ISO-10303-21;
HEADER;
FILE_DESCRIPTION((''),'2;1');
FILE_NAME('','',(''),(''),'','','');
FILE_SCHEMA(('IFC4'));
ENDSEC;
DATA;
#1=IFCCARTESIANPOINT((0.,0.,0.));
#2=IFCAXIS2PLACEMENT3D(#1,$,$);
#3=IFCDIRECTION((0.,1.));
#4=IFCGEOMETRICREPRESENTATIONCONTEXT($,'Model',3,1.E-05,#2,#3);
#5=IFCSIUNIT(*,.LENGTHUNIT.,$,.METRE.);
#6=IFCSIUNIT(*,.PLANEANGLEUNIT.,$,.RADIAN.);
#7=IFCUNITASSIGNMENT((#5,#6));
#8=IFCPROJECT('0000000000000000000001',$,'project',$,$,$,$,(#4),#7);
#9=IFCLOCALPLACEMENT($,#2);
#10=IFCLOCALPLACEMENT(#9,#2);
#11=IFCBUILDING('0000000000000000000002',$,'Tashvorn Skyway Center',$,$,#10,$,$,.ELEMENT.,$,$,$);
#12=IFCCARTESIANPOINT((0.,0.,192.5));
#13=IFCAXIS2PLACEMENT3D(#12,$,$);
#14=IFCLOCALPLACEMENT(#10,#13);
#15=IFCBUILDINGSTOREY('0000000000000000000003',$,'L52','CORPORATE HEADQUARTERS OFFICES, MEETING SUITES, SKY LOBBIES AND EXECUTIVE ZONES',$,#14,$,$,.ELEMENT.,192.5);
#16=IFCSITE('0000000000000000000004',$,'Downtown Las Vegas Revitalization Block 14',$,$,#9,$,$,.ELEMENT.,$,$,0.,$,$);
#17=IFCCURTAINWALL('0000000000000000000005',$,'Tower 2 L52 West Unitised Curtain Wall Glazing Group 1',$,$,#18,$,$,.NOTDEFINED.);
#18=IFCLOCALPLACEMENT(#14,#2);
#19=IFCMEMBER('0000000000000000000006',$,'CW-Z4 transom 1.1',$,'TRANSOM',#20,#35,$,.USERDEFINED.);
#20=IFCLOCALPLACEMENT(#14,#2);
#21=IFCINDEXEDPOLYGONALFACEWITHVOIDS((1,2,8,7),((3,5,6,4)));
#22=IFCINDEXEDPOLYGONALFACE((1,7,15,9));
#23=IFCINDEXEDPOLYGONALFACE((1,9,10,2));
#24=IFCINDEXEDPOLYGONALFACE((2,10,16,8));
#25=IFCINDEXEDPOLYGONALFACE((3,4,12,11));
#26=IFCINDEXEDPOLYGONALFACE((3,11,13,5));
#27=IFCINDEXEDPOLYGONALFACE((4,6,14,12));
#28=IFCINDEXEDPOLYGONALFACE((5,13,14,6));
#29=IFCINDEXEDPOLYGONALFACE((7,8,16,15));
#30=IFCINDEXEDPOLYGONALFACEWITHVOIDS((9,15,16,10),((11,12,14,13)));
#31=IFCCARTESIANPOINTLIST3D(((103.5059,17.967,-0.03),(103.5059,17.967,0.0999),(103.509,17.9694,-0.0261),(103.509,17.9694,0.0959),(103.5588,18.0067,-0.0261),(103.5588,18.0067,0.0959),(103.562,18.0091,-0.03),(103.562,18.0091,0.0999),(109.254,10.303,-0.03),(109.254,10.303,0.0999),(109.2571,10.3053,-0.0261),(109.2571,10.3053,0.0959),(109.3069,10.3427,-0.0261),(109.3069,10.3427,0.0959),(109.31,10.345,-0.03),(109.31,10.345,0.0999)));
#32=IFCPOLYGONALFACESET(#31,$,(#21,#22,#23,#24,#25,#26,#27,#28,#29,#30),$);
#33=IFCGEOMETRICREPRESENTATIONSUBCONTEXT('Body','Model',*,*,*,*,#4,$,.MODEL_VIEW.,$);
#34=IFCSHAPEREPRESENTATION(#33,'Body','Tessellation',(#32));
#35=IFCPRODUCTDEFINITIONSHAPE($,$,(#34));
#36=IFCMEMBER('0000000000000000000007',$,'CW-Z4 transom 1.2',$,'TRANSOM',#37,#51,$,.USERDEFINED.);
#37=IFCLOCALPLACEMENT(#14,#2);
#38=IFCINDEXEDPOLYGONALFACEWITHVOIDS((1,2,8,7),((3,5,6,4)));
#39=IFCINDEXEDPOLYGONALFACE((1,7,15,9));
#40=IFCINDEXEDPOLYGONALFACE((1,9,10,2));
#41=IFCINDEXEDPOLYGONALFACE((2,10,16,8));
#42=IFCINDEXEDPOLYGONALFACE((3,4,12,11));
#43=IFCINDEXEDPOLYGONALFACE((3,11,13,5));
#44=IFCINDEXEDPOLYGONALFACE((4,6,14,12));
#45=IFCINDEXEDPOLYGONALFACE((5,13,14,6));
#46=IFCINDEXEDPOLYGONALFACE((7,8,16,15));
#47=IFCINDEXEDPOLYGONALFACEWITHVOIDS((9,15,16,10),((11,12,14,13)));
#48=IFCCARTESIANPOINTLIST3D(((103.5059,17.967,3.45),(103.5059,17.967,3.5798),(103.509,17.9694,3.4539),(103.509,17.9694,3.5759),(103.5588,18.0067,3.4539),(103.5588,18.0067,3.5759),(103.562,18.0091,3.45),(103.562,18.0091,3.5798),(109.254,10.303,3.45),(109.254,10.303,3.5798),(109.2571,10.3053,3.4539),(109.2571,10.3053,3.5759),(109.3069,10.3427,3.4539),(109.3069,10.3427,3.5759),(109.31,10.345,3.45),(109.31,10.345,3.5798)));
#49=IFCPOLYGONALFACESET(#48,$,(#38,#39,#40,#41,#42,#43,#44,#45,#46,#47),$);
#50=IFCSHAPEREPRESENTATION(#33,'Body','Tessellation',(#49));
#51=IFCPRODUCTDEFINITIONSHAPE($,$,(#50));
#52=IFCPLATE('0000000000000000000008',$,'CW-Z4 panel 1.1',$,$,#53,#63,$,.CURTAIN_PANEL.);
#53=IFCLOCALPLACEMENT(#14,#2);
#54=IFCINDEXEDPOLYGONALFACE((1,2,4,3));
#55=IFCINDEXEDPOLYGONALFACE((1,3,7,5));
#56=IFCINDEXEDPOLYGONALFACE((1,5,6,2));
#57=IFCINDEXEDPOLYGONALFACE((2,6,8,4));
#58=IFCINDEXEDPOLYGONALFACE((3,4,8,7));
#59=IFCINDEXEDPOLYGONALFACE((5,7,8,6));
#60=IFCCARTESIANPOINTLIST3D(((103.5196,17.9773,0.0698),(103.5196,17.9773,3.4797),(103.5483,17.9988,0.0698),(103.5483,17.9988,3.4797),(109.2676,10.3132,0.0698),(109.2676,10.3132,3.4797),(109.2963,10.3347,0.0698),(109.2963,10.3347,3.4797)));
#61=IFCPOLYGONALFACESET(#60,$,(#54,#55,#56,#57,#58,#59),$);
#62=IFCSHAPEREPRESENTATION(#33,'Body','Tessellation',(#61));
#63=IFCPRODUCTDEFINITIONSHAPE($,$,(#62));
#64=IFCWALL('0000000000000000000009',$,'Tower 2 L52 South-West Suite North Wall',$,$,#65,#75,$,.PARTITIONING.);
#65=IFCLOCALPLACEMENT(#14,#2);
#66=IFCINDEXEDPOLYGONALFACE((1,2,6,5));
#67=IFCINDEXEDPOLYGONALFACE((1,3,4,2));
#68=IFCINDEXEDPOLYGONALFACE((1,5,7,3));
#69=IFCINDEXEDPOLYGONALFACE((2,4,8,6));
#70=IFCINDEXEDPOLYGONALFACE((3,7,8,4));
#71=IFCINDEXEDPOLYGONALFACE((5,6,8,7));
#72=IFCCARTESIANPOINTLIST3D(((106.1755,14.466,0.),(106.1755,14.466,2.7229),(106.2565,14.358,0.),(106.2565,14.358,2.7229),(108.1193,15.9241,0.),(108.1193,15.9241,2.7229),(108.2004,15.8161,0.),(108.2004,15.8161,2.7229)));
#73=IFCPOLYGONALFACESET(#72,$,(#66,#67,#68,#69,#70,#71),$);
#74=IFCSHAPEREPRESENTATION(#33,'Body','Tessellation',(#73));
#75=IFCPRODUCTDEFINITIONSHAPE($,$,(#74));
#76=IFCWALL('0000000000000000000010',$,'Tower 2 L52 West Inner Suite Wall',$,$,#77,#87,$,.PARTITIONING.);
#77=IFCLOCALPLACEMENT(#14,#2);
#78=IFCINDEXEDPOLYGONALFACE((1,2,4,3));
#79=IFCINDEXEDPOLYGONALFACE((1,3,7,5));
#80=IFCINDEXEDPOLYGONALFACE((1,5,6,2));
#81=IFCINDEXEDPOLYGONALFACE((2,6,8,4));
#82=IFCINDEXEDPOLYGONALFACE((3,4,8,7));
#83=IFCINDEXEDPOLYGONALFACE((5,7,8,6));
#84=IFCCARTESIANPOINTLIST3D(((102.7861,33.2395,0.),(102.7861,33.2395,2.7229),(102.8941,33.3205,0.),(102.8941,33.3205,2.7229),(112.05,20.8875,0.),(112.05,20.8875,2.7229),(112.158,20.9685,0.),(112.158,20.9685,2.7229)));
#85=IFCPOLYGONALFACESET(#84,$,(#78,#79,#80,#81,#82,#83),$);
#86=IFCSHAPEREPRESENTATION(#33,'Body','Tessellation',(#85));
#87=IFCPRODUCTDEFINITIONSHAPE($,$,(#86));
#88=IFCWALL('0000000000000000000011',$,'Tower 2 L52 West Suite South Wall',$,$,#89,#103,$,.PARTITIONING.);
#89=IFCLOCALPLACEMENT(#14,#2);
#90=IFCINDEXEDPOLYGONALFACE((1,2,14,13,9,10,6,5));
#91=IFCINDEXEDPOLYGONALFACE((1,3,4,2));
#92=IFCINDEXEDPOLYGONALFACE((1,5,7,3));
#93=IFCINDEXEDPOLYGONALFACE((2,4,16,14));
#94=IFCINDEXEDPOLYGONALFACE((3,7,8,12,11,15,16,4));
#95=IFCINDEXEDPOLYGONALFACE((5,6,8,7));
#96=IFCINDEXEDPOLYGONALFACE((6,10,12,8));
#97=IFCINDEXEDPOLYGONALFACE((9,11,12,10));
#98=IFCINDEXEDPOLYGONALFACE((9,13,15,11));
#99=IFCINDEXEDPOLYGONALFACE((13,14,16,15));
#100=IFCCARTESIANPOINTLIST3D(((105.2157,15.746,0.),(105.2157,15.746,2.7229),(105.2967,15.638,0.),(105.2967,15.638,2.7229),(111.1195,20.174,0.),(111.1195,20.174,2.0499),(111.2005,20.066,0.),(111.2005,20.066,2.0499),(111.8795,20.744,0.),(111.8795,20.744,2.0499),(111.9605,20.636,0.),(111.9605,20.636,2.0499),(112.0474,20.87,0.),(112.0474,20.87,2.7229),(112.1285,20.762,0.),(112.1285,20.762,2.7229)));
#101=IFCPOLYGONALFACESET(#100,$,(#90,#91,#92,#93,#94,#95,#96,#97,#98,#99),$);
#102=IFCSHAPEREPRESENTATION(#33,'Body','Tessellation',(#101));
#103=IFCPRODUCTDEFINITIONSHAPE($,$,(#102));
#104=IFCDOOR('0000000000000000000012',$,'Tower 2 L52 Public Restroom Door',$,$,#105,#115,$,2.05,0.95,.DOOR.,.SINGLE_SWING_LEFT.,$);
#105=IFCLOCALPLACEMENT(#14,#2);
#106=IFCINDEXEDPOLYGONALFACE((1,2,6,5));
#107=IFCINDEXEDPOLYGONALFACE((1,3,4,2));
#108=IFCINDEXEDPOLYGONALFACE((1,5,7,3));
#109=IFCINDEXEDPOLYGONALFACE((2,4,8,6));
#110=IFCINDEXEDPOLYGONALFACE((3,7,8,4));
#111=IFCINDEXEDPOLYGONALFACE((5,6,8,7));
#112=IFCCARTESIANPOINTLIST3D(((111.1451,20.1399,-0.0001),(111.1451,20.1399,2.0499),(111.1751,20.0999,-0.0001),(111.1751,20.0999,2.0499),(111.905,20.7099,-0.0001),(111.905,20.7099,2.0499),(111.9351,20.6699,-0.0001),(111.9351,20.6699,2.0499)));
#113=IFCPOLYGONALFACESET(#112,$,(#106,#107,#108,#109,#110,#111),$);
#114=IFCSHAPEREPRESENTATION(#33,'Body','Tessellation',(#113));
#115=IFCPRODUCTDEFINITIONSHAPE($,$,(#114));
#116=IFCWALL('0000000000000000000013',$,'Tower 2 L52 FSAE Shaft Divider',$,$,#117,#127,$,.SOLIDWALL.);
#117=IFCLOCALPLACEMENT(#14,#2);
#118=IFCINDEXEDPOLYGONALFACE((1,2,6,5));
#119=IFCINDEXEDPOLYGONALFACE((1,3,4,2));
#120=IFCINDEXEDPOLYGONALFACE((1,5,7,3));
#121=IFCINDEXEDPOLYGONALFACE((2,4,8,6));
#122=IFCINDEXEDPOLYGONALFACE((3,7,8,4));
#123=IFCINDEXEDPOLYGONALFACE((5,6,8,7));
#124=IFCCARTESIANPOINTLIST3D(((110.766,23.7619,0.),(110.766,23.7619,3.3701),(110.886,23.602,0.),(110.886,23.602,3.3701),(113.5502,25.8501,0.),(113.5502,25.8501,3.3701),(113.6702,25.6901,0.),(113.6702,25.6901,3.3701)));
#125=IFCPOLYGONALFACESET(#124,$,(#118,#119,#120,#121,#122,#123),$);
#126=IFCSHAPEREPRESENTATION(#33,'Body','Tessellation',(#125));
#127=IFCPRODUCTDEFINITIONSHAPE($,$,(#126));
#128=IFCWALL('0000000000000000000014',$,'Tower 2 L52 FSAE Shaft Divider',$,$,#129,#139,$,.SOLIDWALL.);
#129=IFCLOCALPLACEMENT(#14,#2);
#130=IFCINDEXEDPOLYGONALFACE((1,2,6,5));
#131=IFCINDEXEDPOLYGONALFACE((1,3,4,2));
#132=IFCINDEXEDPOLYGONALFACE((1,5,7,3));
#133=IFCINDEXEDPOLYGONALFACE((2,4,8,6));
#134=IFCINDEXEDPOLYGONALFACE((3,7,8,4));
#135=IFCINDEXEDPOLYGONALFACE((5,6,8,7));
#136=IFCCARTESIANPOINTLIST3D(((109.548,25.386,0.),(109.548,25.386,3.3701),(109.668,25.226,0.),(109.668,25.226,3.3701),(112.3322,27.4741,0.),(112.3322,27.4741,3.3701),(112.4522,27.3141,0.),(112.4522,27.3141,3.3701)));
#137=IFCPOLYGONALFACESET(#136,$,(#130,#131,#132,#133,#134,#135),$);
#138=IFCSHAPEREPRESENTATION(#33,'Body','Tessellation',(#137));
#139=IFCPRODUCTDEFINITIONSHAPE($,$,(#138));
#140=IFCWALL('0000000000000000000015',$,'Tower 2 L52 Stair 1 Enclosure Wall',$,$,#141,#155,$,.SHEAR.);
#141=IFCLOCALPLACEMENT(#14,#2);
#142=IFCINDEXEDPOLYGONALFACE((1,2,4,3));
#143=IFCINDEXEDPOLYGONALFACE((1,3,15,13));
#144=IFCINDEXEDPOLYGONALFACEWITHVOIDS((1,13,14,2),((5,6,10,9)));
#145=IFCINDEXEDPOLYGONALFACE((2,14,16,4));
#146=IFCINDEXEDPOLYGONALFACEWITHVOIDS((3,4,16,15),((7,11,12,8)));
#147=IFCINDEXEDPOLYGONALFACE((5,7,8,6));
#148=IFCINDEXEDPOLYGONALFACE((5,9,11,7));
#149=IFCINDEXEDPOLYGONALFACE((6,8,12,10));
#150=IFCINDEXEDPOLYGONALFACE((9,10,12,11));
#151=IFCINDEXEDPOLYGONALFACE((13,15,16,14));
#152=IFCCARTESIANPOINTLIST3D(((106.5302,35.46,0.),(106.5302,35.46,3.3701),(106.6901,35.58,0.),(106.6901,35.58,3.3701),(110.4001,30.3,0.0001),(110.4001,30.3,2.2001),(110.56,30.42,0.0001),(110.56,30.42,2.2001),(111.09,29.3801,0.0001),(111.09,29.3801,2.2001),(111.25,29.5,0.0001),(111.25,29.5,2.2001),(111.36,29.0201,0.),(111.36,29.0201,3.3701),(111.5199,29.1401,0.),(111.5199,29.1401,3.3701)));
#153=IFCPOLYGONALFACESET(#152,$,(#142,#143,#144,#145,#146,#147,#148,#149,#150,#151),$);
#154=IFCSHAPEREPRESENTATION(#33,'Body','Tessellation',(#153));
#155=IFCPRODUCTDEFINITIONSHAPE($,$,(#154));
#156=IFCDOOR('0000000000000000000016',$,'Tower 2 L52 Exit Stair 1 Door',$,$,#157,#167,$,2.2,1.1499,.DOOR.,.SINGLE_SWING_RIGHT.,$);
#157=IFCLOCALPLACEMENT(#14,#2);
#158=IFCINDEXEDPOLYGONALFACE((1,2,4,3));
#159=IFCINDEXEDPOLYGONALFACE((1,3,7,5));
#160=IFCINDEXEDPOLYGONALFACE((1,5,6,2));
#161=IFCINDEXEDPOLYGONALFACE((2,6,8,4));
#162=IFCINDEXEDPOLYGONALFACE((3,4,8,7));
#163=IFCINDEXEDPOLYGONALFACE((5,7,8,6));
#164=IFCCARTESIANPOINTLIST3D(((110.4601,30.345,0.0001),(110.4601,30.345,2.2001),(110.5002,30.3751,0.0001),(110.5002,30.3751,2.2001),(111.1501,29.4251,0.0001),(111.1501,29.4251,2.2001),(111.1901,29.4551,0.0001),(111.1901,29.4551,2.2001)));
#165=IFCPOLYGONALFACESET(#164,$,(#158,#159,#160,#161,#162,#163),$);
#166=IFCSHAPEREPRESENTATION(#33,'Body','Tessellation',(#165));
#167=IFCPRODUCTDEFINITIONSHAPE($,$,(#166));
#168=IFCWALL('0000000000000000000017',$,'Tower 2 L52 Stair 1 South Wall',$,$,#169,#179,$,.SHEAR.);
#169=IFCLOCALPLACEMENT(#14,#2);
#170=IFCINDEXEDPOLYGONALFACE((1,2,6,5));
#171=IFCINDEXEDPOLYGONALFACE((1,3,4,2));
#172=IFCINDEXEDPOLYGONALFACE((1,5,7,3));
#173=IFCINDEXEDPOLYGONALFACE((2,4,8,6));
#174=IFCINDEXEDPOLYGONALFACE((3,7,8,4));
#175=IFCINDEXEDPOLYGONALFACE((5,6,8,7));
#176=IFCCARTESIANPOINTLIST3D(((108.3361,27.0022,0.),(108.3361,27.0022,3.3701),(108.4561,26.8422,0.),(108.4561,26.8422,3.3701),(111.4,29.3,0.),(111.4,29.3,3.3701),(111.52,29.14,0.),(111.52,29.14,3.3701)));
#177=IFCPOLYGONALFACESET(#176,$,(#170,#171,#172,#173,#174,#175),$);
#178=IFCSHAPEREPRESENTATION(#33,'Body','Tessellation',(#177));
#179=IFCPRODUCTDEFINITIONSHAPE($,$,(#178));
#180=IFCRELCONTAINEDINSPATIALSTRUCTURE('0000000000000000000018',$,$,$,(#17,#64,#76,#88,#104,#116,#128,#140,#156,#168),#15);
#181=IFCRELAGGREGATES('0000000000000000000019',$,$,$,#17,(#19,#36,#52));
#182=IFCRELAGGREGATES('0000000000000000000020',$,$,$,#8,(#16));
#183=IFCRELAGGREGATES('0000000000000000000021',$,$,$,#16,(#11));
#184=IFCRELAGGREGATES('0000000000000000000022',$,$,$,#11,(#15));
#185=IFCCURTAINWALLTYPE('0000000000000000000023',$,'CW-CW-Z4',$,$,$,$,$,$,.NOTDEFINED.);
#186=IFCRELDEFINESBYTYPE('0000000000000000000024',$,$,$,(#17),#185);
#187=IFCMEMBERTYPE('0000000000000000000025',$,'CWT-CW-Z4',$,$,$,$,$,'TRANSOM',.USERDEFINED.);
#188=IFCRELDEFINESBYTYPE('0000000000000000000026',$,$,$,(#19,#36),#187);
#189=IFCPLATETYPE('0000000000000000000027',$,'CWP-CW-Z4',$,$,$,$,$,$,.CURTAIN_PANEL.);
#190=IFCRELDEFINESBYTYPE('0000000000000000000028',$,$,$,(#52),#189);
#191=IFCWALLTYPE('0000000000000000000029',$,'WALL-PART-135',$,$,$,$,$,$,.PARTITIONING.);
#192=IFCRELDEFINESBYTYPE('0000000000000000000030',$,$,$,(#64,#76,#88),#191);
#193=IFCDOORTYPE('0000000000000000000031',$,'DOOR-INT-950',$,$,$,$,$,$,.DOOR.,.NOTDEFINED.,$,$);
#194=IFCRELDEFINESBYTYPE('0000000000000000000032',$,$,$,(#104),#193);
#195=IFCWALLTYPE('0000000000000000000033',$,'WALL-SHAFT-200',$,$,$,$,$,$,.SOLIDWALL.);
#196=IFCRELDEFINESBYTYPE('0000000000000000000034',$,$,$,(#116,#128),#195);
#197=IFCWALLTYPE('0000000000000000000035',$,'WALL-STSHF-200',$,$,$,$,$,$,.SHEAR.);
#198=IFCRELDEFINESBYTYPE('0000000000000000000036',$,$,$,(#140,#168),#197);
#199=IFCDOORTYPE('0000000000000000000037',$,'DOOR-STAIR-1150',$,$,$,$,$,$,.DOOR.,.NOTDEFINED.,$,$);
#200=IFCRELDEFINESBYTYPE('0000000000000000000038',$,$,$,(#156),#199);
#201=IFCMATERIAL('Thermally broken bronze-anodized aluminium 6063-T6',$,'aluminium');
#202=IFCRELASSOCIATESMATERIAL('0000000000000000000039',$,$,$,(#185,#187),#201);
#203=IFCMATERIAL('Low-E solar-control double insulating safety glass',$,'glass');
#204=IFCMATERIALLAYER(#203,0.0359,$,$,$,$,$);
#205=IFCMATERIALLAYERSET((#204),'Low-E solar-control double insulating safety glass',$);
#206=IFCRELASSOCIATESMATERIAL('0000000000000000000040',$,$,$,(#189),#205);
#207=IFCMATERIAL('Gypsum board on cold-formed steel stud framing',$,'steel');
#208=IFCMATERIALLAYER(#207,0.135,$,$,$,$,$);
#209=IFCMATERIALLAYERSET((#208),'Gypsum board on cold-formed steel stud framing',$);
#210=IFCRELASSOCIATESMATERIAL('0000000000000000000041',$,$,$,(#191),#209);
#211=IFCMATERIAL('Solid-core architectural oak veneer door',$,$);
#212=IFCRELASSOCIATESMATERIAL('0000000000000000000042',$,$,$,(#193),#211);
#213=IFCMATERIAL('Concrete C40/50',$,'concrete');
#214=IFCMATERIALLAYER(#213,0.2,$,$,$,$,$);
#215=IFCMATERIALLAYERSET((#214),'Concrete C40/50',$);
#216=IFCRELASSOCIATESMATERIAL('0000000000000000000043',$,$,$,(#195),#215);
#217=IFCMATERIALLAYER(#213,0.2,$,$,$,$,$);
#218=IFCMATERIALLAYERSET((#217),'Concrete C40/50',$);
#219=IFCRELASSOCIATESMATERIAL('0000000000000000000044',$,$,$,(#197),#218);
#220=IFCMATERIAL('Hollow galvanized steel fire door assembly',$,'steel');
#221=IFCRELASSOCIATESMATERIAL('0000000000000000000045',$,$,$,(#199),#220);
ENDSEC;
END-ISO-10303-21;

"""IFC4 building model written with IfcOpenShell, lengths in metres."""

from ifc_helpers import new_model, si_unit, direction, frame, frame_2d, origin, origin_2d, place, context, subcontext, project, spatial, rectangle, hollow_rectangle, extrude, material, layer, layer_set, material_profile, profile_set, type_object, element, fill, aggregate, save


model = new_model("IFC4")

# Units and contexts
model_context = context("Model", 3, precision=1e-05, world=origin(), true_north=direction((0.0, 1.0)))
body_context = subcontext(model_context, "Body", "Model", "MODEL_VIEW")
ifc_project = project(units=[si_unit("LENGTHUNIT", "METRE"), si_unit("PLANEANGLEUNIT", "RADIAN")], contexts=[model_context])

# Site, building, storey
site_placement = place(None, origin())
site = spatial("IfcSite", under=ifc_project, at=site_placement, Name="Downtown Las Vegas Revitalization Block 14", CompositionType="ELEMENT", RefElevation=0.0)
building_placement = place(site_placement, origin())
building = spatial("IfcBuilding", under=site, at=building_placement, Name="Tashvorn Skyway Center", CompositionType="ELEMENT")
storey_placement = place(building_placement, frame((0.0, 0.0, 192.5)))
storey = spatial("IfcBuildingStorey", under=building, at=storey_placement, Name="L52", Description="CORPORATE HEADQUARTERS OFFICES, MEETING SUITES, SKY LOBBIES AND EXECUTIVE ZONES", CompositionType="ELEMENT", Elevation=192.5)

# Shared definitions
ifc_material_1 = material(Name="Thermally broken bronze-anodized aluminium 6063-T6", Category="aluminium")
curtain_wall_type = type_object("IfcCurtainWallType", Name="CW-CW-Z4", PredefinedType="NOTDEFINED", material=ifc_material_1)

# Curtain wall, members, plate
curtain_wall_1_placement = place(storey_placement, origin())
curtain_wall_1 = element("IfcCurtainWall", 1, at=curtain_wall_1_placement, inside=storey, type_object=curtain_wall_type, Name="Tower 2 L52 West Unitised Curtain Wall Glazing Group 1", PredefinedType="NOTDEFINED")
ifc_material_profile_1 = material_profile(ifc_material_1, hollow_rectangle(XDim=0.0701, YDim=0.1299, WallThickness=0.0039, at=origin_2d()), Name="ALU-TRAN-70x130")
ifc_profile_set_1 = profile_set([ifc_material_profile_1], Name="Thermally broken bronze-anodized aluminium 6063-T6")
member_type_1 = type_object("IfcMemberType", Name="CWT-CW-Z4", ElementType="TRANSOM", PredefinedType="USERDEFINED", material=ifc_profile_set_1)
member_1_placement = place(storey_placement, frame((109.282, 10.324, 0.0349), z_axis=(-0.6, 0.8, 0.0), x_axis=(-0.8, -0.6, 0.0)))
member_1 = element("IfcMember", 2, at=member_1_placement, type_object=member_type_1, Name="CW-Z4 transom 1.1", ObjectType="TRANSOM", PredefinedType="USERDEFINED", context=body_context, shape_type="SweptSolid", body=[
    extrude(hollow_rectangle(XDim=0.0701, YDim=0.1299, WallThickness=0.0039, at=origin_2d()), origin(), (0.0, 0.0, 1.0), 9.5801),
])
member_2_placement = place(storey_placement, frame((109.282, 10.324, 3.5149), z_axis=(-0.6, 0.8, 0.0), x_axis=(-0.8, -0.6, 0.0)))
member_2 = element("IfcMember", 3, at=member_2_placement, type_object=member_type_1, Name="CW-Z4 transom 1.2", ObjectType="TRANSOM", PredefinedType="USERDEFINED", context=body_context, shape_type="SweptSolid", body=[
    extrude(hollow_rectangle(XDim=0.0701, YDim=0.1299, WallThickness=0.0039, at=origin_2d()), origin(), (0.0, 0.0, 1.0), 9.5801),
])
ifc_material_2 = material(Name="Low-E solar-control double insulating safety glass", Category="glass")
ifc_layer_1 = layer(ifc_material_2, 0.0359)
ifc_layer_set_1 = layer_set([ifc_layer_1], Name="Low-E solar-control double insulating safety glass")
plate_type = type_object("IfcPlateType", Name="CWP-CW-Z4", PredefinedType="CURTAIN_PANEL", material=ifc_layer_set_1)
plate_placement = place(storey_placement, frame((106.408, 14.156, 0.0698), z_axis=(0.0, 0.0, 1.0), x_axis=(-0.6, 0.8, 0.0)))
plate = element("IfcPlate", 4, at=plate_placement, type_object=plate_type, Name="CW-Z4 panel 1.1", PredefinedType="CURTAIN_PANEL", context=body_context, shape_type="SweptSolid", body=[
    extrude(rectangle(XDim=9.5801, YDim=0.0359, at=origin_2d()), origin(), (0.0, 0.0, 1.0), 3.4099),
])
aggregate(curtain_wall_1, [member_1, member_2, plate])

# Walls
ifc_material_3 = material(Name="Gypsum board on cold-formed steel stud framing", Category="steel")
ifc_layer_2 = layer(ifc_material_3, 0.135)
ifc_layer_set_2 = layer_set([ifc_layer_2], Name="Gypsum board on cold-formed steel stud framing")
wall_type_1 = type_object("IfcWallType", Name="WALL-PART-135", PredefinedType="PARTITIONING", material=ifc_layer_set_2)
wall_1_placement = place(storey_placement, frame((106.2161, 14.4121, 0.0), z_axis=(0.0, 0.0, 1.0), x_axis=(0.799976, 0.600032, 0.0)))
element("IfcWall", 5, at=wall_1_placement, inside=storey, type_object=wall_type_1, Name="Tower 2 L52 South-West Suite North Wall", PredefinedType="PARTITIONING", context=body_context, shape_type="SweptSolid", body=[
    extrude(rectangle(XDim=2.4299, YDim=0.135, at=frame_2d((1.2148, 0.0))), origin(), (0.0, 0.0, 1.0), 2.7229),
])
wall_2_placement = place(storey_placement, frame((112.104, 20.928, 0.0), z_axis=(0.0, 0.0, 1.0), x_axis=(-0.599995, 0.800004, 0.0)))
element("IfcWall", 6, at=wall_2_placement, inside=storey, type_object=wall_type_1, Name="Tower 2 L52 West Inner Suite Wall", PredefinedType="PARTITIONING", context=body_context, shape_type="SweptSolid", body=[
    extrude(rectangle(XDim=15.4399, YDim=0.135, at=frame_2d((7.72, 0.0))), origin(), (0.0, 0.0, 1.0), 2.7229),
])

# Wall, opening, door
wall_3_placement = place(storey_placement, frame((105.2561, 15.6919, 0.0), z_axis=(0.0, 0.0, 1.0), x_axis=(0.79999, 0.600014, 0.0)))
wall_3 = element("IfcWall", 7, at=wall_3_placement, inside=storey, type_object=wall_type_1, Name="Tower 2 L52 West Suite South Wall", PredefinedType="PARTITIONING", context=body_context, shape_type="SweptSolid", body=[
    extrude(rectangle(XDim=8.5398, YDim=0.135, at=frame_2d((4.27, 0.0))), origin(), (0.0, 0.0, 1.0), 2.7229),
])
opening_1_placement = place(wall_3_placement, frame((7.3799, 0.0, 0.0)))
opening_1 = element("IfcOpeningElement", 8, at=opening_1_placement, cuts=wall_3, PredefinedType="OPENING", context=body_context, shape_type="SweptSolid", body=[
    extrude(rectangle(XDim=0.95, YDim=2.05, at=frame_2d((0.4751, 1.0249))), frame((0.0, 0.0774, 0.0), z_axis=(0.0, -1.0, 0.0), x_axis=(1.0, 0.0, 0.0)), (0.0, 0.0, 1.0), 0.155),
])
ifc_material_4 = material(Name="Solid-core architectural oak veneer door")
door_type_1 = type_object("IfcDoorType", Name="DOOR-INT-950", OperationType="NOTDEFINED", PredefinedType="DOOR", material=ifc_material_4)
door_1_placement = place(opening_1_placement, origin())
door_1 = element("IfcDoor", 9, at=door_1_placement, inside=storey, type_object=door_type_1, Name="Tower 2 L52 Public Restroom Door", OperationType="SINGLE_SWING_LEFT", OverallHeight=2.05, OverallWidth=0.95, PredefinedType="DOOR", context=body_context, shape_type="SweptSolid", body=[
    extrude(rectangle(XDim=0.95, YDim=2.05, at=frame_2d((0.4751, 1.0249))), frame((0.0, 0.0249, 0.0), z_axis=(0.0, -1.0, 0.0), x_axis=(1.0, 0.0, 0.0)), (0.0, 0.0, 1.0), 0.05),
])
fill(opening_1, door_1)

# Walls
ifc_material_5 = material(Name="Concrete C40/50", Category="concrete")
ifc_layer_3 = layer(ifc_material_5, 0.2)
ifc_layer_set_3 = layer_set([ifc_layer_3], Name="Concrete C40/50")
wall_type_2 = type_object("IfcWallType", Name="WALL-SHAFT-200", PredefinedType="SOLIDWALL", material=ifc_layer_set_3)
for number, where, z_axis, x_axis, name in (
    (10, (110.8259, 23.6819, 0.0), (0.0, 0.0, 1.0), (0.8, 0.6, 0.0), "Tower 2 L52 FSAE Shaft Divider"),
    (11, (109.6079, 25.3059, 0.0), (0.0, 0.0, 1.0), (0.8, 0.6, 0.0), "Tower 2 L52 FSAE Shaft Divider"),
):
    element("IfcWall", number, at=place(storey_placement, frame(where, z_axis=z_axis, x_axis=x_axis)), inside=storey, type_object=wall_type_2, Name=name, PredefinedType="SOLIDWALL", context=body_context, shape_type="SweptSolid", body=[
        extrude(rectangle(XDim=3.4802, YDim=0.2, at=frame_2d((1.7402, 0.0))), origin(), (0.0, 0.0, 1.0), 3.3701),
    ])

# Wall, opening, door
ifc_layer_4 = layer(ifc_material_5, 0.2)
ifc_layer_set_4 = layer_set([ifc_layer_4], Name="Concrete C40/50")
wall_type_3 = type_object("IfcWallType", Name="WALL-STSHF-200", PredefinedType="SHEAR", material=ifc_layer_set_4)
wall_4_placement = place(storey_placement, frame((111.4399, 29.0801, 0.0), z_axis=(0.0, 0.0, 1.0), x_axis=(-0.59999, 0.800007, 0.0)))
wall_4 = element("IfcWall", 12, at=wall_4_placement, inside=storey, type_object=wall_type_3, Name="Tower 2 L52 Stair 1 Enclosure Wall", PredefinedType="SHEAR", context=body_context, shape_type="SweptSolid", body=[
    extrude(rectangle(XDim=8.0498, YDim=0.2, at=frame_2d((4.0249, 0.0))), origin(), (0.0, 0.0, 1.0), 3.3701),
])
opening_2_placement = place(wall_4_placement, frame((0.45, 0.0, 0.0)))
opening_2 = element("IfcOpeningElement", 13, at=opening_2_placement, cuts=wall_4, PredefinedType="OPENING", context=body_context, shape_type="SweptSolid", body=[
    extrude(rectangle(XDim=1.1499, YDim=2.2, at=frame_2d((0.575, 1.1001))), frame((0.0, 0.1099, 0.0), z_axis=(0.0, -1.0, 0.0), x_axis=(1.0, 0.0, 0.0)), (0.0, 0.0, 1.0), 0.22),
])
ifc_material_6 = material(Name="Hollow galvanized steel fire door assembly", Category="steel")
door_type_2 = type_object("IfcDoorType", Name="DOOR-STAIR-1150", OperationType="NOTDEFINED", PredefinedType="DOOR", material=ifc_material_6)
door_2_placement = place(opening_2_placement, origin())
door_2 = element("IfcDoor", 14, at=door_2_placement, inside=storey, type_object=door_type_2, Name="Tower 2 L52 Exit Stair 1 Door", OperationType="SINGLE_SWING_RIGHT", OverallHeight=2.2, OverallWidth=1.1499, PredefinedType="DOOR", context=body_context, shape_type="SweptSolid", body=[
    extrude(rectangle(XDim=1.1499, YDim=2.2, at=frame_2d((0.575, 1.1001))), frame((0.0, 0.0249, 0.0), z_axis=(0.0, -1.0, 0.0), x_axis=(1.0, 0.0, 0.0)), (0.0, 0.0, 1.0), 0.05),
])
fill(opening_2, door_2)

# Wall
wall_5_placement = place(storey_placement, frame((108.396, 26.9221, 0.0), z_axis=(0.0, 0.0, 1.0), x_axis=(0.800015, 0.59998, 0.0)))
element("IfcWall", 15, at=wall_5_placement, inside=storey, type_object=wall_type_3, Name="Tower 2 L52 Stair 1 South Wall", PredefinedType="SHEAR", context=body_context, shape_type="SweptSolid", body=[
    extrude(rectangle(XDim=3.8298, YDim=0.2, at=frame_2d((1.915, 0.0))), origin(), (0.0, 0.0, 1.0), 3.3701),
])

save(model, "model.ifc")
